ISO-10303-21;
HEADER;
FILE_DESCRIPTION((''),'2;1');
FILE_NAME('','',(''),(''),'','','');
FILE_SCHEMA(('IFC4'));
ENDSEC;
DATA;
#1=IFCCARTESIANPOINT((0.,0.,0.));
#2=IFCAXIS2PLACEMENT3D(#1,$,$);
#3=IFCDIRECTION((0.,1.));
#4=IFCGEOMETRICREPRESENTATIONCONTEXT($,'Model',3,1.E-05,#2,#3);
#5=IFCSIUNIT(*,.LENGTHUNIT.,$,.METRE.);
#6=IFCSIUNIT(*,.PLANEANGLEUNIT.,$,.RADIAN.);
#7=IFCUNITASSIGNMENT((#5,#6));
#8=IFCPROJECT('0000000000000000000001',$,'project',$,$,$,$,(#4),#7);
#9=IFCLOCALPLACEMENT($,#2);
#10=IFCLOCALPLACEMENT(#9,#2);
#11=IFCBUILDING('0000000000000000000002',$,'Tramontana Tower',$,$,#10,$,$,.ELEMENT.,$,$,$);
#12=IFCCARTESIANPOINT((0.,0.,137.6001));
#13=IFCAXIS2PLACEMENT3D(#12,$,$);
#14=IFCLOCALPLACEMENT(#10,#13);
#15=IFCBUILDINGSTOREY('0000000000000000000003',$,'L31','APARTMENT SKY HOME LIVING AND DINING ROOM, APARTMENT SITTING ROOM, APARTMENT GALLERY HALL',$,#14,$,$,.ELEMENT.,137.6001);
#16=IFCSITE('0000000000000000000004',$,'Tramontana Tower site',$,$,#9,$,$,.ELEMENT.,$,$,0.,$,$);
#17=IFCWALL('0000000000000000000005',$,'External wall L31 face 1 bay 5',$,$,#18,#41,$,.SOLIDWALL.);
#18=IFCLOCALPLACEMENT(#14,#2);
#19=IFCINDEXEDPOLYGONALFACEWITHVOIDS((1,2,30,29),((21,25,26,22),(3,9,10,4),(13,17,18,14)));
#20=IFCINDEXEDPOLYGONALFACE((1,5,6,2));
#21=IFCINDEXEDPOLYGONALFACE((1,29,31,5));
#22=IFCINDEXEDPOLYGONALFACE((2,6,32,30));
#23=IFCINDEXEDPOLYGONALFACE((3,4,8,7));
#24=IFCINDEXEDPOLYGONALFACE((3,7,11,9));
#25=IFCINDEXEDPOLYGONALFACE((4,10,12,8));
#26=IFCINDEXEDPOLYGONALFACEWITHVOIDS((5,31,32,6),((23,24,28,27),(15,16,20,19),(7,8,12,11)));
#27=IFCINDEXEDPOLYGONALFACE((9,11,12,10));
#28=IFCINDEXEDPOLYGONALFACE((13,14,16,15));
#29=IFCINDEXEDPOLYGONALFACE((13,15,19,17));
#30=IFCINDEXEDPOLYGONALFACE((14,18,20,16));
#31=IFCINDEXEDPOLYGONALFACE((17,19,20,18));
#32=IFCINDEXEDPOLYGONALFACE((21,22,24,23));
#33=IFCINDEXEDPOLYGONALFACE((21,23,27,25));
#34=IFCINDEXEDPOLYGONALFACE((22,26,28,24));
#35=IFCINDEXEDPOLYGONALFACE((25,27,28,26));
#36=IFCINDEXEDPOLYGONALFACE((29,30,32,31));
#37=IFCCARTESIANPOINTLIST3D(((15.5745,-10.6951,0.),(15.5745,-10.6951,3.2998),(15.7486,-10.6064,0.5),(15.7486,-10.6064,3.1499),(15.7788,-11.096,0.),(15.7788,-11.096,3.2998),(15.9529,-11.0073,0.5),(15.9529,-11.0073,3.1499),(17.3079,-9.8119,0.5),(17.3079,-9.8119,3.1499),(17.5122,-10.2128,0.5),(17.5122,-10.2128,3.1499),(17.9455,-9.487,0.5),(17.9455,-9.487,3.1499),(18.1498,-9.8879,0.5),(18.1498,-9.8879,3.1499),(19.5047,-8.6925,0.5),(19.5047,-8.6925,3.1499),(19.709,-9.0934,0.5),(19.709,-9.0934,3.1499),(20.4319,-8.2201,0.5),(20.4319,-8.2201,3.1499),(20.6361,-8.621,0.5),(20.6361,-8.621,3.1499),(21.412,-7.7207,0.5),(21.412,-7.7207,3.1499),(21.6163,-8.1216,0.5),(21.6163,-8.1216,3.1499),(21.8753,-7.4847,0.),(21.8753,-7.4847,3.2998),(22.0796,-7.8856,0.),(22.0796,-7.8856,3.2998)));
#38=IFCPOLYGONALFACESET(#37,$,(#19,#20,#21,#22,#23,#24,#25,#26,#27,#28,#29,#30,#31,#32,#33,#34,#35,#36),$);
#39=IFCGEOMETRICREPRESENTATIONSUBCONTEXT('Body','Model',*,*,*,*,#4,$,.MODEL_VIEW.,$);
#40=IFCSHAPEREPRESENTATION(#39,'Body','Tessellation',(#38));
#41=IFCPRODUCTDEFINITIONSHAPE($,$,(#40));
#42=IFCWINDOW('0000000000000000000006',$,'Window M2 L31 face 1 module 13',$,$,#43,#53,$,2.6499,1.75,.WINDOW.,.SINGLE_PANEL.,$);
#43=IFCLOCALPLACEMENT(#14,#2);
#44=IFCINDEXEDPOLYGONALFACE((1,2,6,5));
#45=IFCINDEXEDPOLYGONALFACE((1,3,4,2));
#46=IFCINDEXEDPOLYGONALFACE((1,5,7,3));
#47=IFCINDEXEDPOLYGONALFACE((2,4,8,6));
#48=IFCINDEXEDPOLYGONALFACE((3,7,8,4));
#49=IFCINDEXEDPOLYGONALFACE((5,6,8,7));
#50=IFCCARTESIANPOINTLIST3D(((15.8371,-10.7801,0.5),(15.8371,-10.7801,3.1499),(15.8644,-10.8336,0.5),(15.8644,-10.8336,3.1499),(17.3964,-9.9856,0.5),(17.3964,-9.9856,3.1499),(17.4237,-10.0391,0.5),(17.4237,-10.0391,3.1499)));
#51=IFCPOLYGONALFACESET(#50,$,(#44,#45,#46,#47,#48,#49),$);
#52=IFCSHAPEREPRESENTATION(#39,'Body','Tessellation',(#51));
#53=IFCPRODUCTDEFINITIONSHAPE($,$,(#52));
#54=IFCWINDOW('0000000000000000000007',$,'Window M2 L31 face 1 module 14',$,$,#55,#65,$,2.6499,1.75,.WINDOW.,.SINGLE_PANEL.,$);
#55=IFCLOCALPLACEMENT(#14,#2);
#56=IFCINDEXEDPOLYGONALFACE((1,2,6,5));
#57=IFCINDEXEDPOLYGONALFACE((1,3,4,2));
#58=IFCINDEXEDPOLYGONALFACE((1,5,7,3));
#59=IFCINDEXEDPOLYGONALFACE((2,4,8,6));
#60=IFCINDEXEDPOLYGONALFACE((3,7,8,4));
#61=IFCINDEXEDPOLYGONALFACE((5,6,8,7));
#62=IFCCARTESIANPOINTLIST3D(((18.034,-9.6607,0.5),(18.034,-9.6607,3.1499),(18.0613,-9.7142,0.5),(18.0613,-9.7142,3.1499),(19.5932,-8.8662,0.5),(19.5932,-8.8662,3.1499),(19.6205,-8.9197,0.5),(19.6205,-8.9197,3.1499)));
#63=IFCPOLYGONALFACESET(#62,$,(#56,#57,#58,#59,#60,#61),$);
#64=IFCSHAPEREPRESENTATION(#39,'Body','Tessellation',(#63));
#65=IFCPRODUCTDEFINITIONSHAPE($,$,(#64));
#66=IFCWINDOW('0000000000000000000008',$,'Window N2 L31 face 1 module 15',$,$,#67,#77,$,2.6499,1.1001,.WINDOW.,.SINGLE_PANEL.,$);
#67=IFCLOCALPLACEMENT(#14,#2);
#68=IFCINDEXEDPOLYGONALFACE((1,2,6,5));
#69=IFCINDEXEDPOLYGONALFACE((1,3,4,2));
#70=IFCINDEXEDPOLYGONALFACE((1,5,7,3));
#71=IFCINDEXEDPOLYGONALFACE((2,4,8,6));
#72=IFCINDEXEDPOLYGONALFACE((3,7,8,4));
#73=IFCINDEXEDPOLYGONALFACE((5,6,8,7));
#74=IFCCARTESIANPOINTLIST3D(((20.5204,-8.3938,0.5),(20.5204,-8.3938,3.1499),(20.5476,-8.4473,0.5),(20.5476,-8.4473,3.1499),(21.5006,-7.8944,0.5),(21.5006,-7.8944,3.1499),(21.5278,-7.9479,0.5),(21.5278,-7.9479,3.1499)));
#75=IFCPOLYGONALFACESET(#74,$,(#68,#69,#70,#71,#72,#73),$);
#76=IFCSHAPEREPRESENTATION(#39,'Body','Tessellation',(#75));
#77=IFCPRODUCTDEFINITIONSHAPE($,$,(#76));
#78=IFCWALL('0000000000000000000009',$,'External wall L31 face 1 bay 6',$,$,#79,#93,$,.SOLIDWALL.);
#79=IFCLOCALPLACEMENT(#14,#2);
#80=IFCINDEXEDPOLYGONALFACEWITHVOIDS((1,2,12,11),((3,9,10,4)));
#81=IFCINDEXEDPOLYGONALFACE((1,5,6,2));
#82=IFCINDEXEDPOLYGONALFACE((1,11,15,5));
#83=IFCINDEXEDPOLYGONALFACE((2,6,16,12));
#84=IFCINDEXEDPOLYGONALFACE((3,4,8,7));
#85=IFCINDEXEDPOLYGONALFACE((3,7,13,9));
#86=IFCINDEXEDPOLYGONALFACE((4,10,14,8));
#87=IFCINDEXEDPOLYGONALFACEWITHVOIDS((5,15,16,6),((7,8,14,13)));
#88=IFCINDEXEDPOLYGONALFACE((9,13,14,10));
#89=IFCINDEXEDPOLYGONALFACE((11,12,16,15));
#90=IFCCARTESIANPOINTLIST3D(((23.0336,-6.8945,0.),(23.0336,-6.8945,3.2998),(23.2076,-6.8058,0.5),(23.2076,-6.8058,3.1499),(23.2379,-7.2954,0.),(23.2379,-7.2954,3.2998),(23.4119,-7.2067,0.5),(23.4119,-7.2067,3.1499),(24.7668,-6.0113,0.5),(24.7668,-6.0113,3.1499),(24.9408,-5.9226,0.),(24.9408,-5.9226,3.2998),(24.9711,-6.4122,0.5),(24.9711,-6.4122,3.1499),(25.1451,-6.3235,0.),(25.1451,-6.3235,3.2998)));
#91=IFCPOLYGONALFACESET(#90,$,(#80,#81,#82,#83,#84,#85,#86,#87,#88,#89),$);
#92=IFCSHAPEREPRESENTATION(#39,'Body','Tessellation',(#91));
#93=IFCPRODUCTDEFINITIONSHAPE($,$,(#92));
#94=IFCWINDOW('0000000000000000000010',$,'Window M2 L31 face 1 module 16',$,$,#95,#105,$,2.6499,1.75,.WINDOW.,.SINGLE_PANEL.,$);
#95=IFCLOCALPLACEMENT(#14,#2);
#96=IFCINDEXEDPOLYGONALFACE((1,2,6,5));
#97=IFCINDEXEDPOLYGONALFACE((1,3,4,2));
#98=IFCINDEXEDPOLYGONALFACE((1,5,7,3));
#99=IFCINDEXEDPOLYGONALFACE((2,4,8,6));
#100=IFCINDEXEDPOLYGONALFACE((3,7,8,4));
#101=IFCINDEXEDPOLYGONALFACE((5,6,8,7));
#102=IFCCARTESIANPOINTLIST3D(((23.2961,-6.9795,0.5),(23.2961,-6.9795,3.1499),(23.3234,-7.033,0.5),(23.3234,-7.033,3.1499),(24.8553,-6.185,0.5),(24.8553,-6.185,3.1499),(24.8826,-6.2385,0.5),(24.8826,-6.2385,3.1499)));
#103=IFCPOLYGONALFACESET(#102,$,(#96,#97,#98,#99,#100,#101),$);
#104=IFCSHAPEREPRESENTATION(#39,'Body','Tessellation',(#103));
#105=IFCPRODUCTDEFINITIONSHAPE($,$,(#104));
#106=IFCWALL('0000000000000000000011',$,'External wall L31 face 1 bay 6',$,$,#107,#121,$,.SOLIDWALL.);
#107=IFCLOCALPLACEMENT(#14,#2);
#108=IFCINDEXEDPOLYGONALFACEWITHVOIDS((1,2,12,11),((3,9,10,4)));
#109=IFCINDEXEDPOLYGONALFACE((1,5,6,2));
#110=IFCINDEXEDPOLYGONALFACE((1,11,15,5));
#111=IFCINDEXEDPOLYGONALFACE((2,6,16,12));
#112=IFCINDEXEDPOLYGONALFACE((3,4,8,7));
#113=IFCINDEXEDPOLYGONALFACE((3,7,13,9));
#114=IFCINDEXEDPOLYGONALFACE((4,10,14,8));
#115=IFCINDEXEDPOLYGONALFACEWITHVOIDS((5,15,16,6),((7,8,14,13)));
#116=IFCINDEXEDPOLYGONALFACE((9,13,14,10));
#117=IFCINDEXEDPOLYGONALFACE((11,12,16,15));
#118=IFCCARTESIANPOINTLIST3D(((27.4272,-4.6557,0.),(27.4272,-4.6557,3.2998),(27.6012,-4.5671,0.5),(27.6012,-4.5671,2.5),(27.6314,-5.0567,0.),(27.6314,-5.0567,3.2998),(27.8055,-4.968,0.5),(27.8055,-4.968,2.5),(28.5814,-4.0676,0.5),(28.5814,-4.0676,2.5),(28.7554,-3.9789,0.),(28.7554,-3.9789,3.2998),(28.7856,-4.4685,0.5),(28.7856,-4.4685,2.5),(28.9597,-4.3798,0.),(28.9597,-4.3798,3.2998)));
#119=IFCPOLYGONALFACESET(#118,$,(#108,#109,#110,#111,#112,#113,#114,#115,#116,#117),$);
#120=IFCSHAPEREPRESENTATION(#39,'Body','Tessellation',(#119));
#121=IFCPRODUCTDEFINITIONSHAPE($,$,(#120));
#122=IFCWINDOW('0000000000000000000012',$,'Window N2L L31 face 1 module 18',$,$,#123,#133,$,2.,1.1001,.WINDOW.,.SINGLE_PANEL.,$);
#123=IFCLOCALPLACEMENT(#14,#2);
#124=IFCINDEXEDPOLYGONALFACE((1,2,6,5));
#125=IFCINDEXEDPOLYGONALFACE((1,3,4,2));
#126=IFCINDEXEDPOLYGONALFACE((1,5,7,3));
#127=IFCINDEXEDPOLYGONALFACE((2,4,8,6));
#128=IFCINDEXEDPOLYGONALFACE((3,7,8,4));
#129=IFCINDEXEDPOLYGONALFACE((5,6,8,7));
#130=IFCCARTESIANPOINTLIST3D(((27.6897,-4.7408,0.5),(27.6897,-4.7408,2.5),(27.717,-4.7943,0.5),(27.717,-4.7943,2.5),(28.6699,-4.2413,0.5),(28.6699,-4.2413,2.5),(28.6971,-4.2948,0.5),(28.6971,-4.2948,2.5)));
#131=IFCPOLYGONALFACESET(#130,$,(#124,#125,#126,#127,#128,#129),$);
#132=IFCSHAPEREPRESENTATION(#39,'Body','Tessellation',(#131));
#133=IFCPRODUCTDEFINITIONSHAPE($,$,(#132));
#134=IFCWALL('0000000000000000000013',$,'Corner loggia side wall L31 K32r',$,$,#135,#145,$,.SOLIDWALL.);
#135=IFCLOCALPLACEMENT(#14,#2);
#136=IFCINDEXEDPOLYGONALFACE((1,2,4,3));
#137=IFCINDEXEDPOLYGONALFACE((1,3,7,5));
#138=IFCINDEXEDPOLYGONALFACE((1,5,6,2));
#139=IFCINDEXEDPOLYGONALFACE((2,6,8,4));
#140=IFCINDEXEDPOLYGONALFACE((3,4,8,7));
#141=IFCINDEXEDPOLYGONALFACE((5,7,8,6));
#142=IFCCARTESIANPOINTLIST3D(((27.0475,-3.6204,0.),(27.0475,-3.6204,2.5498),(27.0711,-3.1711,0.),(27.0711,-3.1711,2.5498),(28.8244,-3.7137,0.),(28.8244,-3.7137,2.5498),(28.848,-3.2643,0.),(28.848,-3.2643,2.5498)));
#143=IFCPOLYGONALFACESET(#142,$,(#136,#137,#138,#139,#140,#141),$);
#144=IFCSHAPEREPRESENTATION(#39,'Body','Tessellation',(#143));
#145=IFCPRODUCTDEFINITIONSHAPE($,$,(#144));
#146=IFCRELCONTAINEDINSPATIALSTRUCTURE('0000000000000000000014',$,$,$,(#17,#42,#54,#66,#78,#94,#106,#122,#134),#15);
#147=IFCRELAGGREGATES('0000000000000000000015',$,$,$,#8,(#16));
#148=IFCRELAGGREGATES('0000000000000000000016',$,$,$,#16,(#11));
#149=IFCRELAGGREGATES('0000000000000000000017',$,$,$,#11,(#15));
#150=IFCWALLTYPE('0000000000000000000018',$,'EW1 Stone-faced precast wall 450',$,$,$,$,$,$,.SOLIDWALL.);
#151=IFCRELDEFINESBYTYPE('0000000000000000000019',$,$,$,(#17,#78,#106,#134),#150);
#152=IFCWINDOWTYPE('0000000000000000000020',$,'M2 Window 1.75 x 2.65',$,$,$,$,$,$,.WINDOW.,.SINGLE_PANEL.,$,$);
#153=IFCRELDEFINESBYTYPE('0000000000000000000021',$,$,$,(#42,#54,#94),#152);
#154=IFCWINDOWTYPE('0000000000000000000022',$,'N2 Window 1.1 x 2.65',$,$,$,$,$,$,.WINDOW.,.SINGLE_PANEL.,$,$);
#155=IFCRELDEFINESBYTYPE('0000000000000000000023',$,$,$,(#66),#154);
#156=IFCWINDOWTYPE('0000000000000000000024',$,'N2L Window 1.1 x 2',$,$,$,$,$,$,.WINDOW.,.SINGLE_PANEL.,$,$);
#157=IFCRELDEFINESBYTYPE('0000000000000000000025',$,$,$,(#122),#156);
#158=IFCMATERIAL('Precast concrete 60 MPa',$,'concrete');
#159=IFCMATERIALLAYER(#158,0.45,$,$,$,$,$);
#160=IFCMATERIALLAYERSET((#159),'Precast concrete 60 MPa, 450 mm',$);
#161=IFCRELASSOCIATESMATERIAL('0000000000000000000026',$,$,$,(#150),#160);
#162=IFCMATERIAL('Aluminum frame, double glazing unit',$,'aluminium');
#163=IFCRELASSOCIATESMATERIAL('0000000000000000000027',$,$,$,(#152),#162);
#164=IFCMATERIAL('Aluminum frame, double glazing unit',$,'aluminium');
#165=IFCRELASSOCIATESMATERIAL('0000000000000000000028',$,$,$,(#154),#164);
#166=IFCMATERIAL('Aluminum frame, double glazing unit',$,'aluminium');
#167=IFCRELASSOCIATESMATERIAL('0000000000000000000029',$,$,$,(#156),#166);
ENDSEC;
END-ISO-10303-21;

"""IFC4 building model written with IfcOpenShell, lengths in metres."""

from ifc_helpers import new_model, si_unit, direction, frame, frame_2d, origin, place, context, subcontext, project, spatial, rectangle, extrude, material, layer, layer_set, type_object, element, fill, save


model = new_model("IFC4")

# Units and contexts
model_context = context("Model", 3, precision=1e-05, world=origin(), true_north=direction((0.0, 1.0)))
body_context = subcontext(model_context, "Body", "Model", "MODEL_VIEW")
ifc_project = project(units=[si_unit("LENGTHUNIT", "METRE"), si_unit("PLANEANGLEUNIT", "RADIAN")], contexts=[model_context])

# Site, building, storey
site_placement = place(None, origin())
site = spatial("IfcSite", under=ifc_project, at=site_placement, Name="Tramontana Tower site", CompositionType="ELEMENT", RefElevation=0.0)
building_placement = place(site_placement, origin())
building = spatial("IfcBuilding", under=site, at=building_placement, Name="Tramontana Tower", CompositionType="ELEMENT")
storey_placement = place(building_placement, frame((0.0, 0.0, 137.6001)))
storey = spatial("IfcBuildingStorey", under=building, at=storey_placement, Name="L31", Description="APARTMENT SKY HOME LIVING AND DINING ROOM, APARTMENT SITTING ROOM, APARTMENT GALLERY HALL", CompositionType="ELEMENT", Elevation=137.6001)

# Wall, openings, windows
ifc_material_1 = material(Name="Precast concrete 60 MPa", Category="concrete")
ifc_layer_1 = layer(ifc_material_1, 0.45)
ifc_layer_set_1 = layer_set([ifc_layer_1], Name="Precast concrete 60 MPa, 450 mm")
wall_type_1 = type_object("IfcWallType", Name="EW1 Stone-faced precast wall 450", PredefinedType="SOLIDWALL", material=ifc_layer_set_1)
wall_1_placement = place(storey_placement, frame((15.6768, -10.8955, 0.0), z_axis=(0.0, 0.0, 1.0), x_axis=(0.891004, 0.453995, 0.0)))
wall_1 = element("IfcWall", 1, at=wall_1_placement, inside=storey, type_object=wall_type_1, Name="External wall L31 face 1 bay 5", PredefinedType="SOLIDWALL", context=body_context, shape_type="SweptSolid", body=[
    extrude(rectangle(XDim=7.0715, YDim=0.45, at=frame_2d((3.5356, 0.0))), origin(), (0.0, 0.0, 1.0), 3.2998),
])
opening_1_placement = place(wall_1_placement, frame((0.1953, 0.0, 0.5)))
opening_1 = element("IfcOpeningElement", 2, at=opening_1_placement, cuts=wall_1, PredefinedType="OPENING", context=body_context, shape_type="SweptSolid", body=[
    extrude(rectangle(XDim=1.75, YDim=2.6499, at=frame_2d((0.875, 1.325))), frame((0.0, 0.2349, 0.0), z_axis=(0.0, -1.0, 0.0), x_axis=(1.0, 0.0, 0.0)), (0.0, 0.0, 1.0), 0.47),
])
opening_2_placement = place(wall_1_placement, frame((2.6609, 0.0, 0.5)))
opening_2 = element("IfcOpeningElement", 3, at=opening_2_placement, cuts=wall_1, PredefinedType="OPENING", context=body_context, shape_type="SweptSolid", body=[
    extrude(rectangle(XDim=1.75, YDim=2.6499, at=frame_2d((0.875, 1.325))), frame((0.0, 0.2349, 0.0), z_axis=(0.0, -1.0, 0.0), x_axis=(1.0, 0.0, 0.0)), (0.0, 0.0, 1.0), 0.47),
])
opening_3_placement = place(wall_1_placement, frame((5.4514, 0.0, 0.5)))
opening_3 = element("IfcOpeningElement", 4, at=opening_3_placement, cuts=wall_1, PredefinedType="OPENING", context=body_context, shape_type="SweptSolid", body=[
    extrude(rectangle(XDim=1.1001, YDim=2.6499, at=frame_2d((0.55, 1.325))), frame((0.0, 0.2349, 0.0), z_axis=(0.0, -1.0, 0.0), x_axis=(1.0, 0.0, 0.0)), (0.0, 0.0, 1.0), 0.47),
])
ifc_material_2 = material(Name="Aluminum frame, double glazing unit", Category="aluminium")
window_type_1 = type_object("IfcWindowType", Name="M2 Window 1.75 x 2.65", PartitioningType="SINGLE_PANEL", PredefinedType="WINDOW", material=ifc_material_2)
window_1_placement = place(opening_1_placement, origin())
window_1 = element("IfcWindow", 5, at=window_1_placement, inside=storey, type_object=window_type_1, Name="Window M2 L31 face 1 module 13", OverallHeight=2.6499, OverallWidth=1.75, PartitioningType="SINGLE_PANEL", PredefinedType="WINDOW", context=body_context, shape_type="SweptSolid", body=[
    extrude(rectangle(XDim=1.75, YDim=2.6499, at=frame_2d((0.875, 1.325))), frame((0.0, 0.03, 0.0), z_axis=(0.0, -1.0, 0.0), x_axis=(1.0, 0.0, 0.0)), (0.0, 0.0, 1.0), 0.0601),
])
fill(opening_1, window_1)
window_2_placement = place(opening_2_placement, origin())
window_2 = element("IfcWindow", 6, at=window_2_placement, inside=storey, type_object=window_type_1, Name="Window M2 L31 face 1 module 14", OverallHeight=2.6499, OverallWidth=1.75, PartitioningType="SINGLE_PANEL", PredefinedType="WINDOW", context=body_context, shape_type="SweptSolid", body=[
    extrude(rectangle(XDim=1.75, YDim=2.6499, at=frame_2d((0.875, 1.325))), frame((0.0, 0.03, 0.0), z_axis=(0.0, -1.0, 0.0), x_axis=(1.0, 0.0, 0.0)), (0.0, 0.0, 1.0), 0.0601),
])
fill(opening_2, window_2)
ifc_material_3 = material(Name="Aluminum frame, double glazing unit", Category="aluminium")
window_type_2 = type_object("IfcWindowType", Name="N2 Window 1.1 x 2.65", PartitioningType="SINGLE_PANEL", PredefinedType="WINDOW", material=ifc_material_3)
window_3_placement = place(opening_3_placement, origin())
window_3 = element("IfcWindow", 7, at=window_3_placement, inside=storey, type_object=window_type_2, Name="Window N2 L31 face 1 module 15", OverallHeight=2.6499, OverallWidth=1.1001, PartitioningType="SINGLE_PANEL", PredefinedType="WINDOW", context=body_context, shape_type="SweptSolid", body=[
    extrude(rectangle(XDim=1.1001, YDim=2.6499, at=frame_2d((0.55, 1.325))), frame((0.0, 0.03, 0.0), z_axis=(0.0, -1.0, 0.0), x_axis=(1.0, 0.0, 0.0)), (0.0, 0.0, 1.0), 0.0601),
])
fill(opening_3, window_3)

# Walls, openings, windows
wall_2_placement = place(storey_placement, frame((23.1357, -7.095, 0.0), z_axis=(0.0, 0.0, 1.0), x_axis=(0.890979, 0.454044, 0.0)))
wall_2 = element("IfcWall", 8, at=wall_2_placement, inside=storey, type_object=wall_type_1, Name="External wall L31 face 1 bay 6", PredefinedType="SOLIDWALL", context=body_context, shape_type="SweptSolid", body=[
    extrude(rectangle(XDim=2.1406, YDim=0.45, at=frame_2d((1.0703, 0.0))), origin(), (0.0, 0.0, 1.0), 3.2998),
])
opening_4_placement = place(wall_2_placement, frame((0.1953, 0.0, 0.5)))
opening_4 = element("IfcOpeningElement", 9, at=opening_4_placement, cuts=wall_2, PredefinedType="OPENING", context=body_context, shape_type="SweptSolid", body=[
    extrude(rectangle(XDim=1.75, YDim=2.6499, at=frame_2d((0.875, 1.325))), frame((0.0, 0.2349, 0.0), z_axis=(0.0, -1.0, 0.0), x_axis=(1.0, 0.0, 0.0)), (0.0, 0.0, 1.0), 0.47),
])
window_4_placement = place(opening_4_placement, origin())
window_4 = element("IfcWindow", 10, at=window_4_placement, inside=storey, type_object=window_type_1, Name="Window M2 L31 face 1 module 16", OverallHeight=2.6499, OverallWidth=1.75, PartitioningType="SINGLE_PANEL", PredefinedType="WINDOW", context=body_context, shape_type="SweptSolid", body=[
    extrude(rectangle(XDim=1.75, YDim=2.6499, at=frame_2d((0.875, 1.325))), frame((0.0, 0.03, 0.0), z_axis=(0.0, -1.0, 0.0), x_axis=(1.0, 0.0, 0.0)), (0.0, 0.0, 1.0), 0.0601),
])
fill(opening_4, window_4)
wall_3_placement = place(storey_placement, frame((27.5293, -4.8562, 0.0), z_axis=(0.0, 0.0, 1.0), x_axis=(0.890994, 0.454014, 0.0)))
wall_3 = element("IfcWall", 11, at=wall_3_placement, inside=storey, type_object=wall_type_1, Name="External wall L31 face 1 bay 6", PredefinedType="SOLIDWALL", context=body_context, shape_type="SweptSolid", body=[
    extrude(rectangle(XDim=1.4907, YDim=0.45, at=frame_2d((0.7454, 0.0))), origin(), (0.0, 0.0, 1.0), 3.2998),
])
opening_5_placement = place(wall_3_placement, frame((0.1953, 0.0, 0.5)))
opening_5 = element("IfcOpeningElement", 12, at=opening_5_placement, cuts=wall_3, PredefinedType="OPENING", context=body_context, shape_type="SweptSolid", body=[
    extrude(rectangle(XDim=1.1001, YDim=2.0, at=frame_2d((0.55, 1.0))), frame((0.0, 0.2349, 0.0), z_axis=(0.0, -1.0, 0.0), x_axis=(1.0, 0.0, 0.0)), (0.0, 0.0, 1.0), 0.47),
])
ifc_material_4 = material(Name="Aluminum frame, double glazing unit", Category="aluminium")
window_type_3 = type_object("IfcWindowType", Name="N2L Window 1.1 x 2", PartitioningType="SINGLE_PANEL", PredefinedType="WINDOW", material=ifc_material_4)
window_5_placement = place(opening_5_placement, origin())
window_5 = element("IfcWindow", 13, at=window_5_placement, inside=storey, type_object=window_type_3, Name="Window N2L L31 face 1 module 18", OverallHeight=2.0, OverallWidth=1.1001, PartitioningType="SINGLE_PANEL", PredefinedType="WINDOW", context=body_context, shape_type="SweptSolid", body=[
    extrude(rectangle(XDim=1.1001, YDim=2.0, at=frame_2d((0.55, 1.0))), frame((0.0, 0.03, 0.0), z_axis=(0.0, -1.0, 0.0), x_axis=(1.0, 0.0, 0.0)), (0.0, 0.0, 1.0), 0.0601),
])
fill(opening_5, window_5)

# Wall
wall_4_placement = place(storey_placement, frame((28.8362, -3.489, 0.0), z_axis=(0.0, 0.0, 1.0), x_axis=(-0.998625, 0.052415, 0.0)))
element("IfcWall", 14, at=wall_4_placement, inside=storey, type_object=wall_type_1, Name="Corner loggia side wall L31 K32r", PredefinedType="SOLIDWALL", context=body_context, shape_type="SweptSolid", body=[
    extrude(rectangle(XDim=1.7793, YDim=0.45, at=frame_2d((0.8896, 0.0))), origin(), (0.0, 0.0, 1.0), 2.5498),
])

save(model, "model.ifc")
